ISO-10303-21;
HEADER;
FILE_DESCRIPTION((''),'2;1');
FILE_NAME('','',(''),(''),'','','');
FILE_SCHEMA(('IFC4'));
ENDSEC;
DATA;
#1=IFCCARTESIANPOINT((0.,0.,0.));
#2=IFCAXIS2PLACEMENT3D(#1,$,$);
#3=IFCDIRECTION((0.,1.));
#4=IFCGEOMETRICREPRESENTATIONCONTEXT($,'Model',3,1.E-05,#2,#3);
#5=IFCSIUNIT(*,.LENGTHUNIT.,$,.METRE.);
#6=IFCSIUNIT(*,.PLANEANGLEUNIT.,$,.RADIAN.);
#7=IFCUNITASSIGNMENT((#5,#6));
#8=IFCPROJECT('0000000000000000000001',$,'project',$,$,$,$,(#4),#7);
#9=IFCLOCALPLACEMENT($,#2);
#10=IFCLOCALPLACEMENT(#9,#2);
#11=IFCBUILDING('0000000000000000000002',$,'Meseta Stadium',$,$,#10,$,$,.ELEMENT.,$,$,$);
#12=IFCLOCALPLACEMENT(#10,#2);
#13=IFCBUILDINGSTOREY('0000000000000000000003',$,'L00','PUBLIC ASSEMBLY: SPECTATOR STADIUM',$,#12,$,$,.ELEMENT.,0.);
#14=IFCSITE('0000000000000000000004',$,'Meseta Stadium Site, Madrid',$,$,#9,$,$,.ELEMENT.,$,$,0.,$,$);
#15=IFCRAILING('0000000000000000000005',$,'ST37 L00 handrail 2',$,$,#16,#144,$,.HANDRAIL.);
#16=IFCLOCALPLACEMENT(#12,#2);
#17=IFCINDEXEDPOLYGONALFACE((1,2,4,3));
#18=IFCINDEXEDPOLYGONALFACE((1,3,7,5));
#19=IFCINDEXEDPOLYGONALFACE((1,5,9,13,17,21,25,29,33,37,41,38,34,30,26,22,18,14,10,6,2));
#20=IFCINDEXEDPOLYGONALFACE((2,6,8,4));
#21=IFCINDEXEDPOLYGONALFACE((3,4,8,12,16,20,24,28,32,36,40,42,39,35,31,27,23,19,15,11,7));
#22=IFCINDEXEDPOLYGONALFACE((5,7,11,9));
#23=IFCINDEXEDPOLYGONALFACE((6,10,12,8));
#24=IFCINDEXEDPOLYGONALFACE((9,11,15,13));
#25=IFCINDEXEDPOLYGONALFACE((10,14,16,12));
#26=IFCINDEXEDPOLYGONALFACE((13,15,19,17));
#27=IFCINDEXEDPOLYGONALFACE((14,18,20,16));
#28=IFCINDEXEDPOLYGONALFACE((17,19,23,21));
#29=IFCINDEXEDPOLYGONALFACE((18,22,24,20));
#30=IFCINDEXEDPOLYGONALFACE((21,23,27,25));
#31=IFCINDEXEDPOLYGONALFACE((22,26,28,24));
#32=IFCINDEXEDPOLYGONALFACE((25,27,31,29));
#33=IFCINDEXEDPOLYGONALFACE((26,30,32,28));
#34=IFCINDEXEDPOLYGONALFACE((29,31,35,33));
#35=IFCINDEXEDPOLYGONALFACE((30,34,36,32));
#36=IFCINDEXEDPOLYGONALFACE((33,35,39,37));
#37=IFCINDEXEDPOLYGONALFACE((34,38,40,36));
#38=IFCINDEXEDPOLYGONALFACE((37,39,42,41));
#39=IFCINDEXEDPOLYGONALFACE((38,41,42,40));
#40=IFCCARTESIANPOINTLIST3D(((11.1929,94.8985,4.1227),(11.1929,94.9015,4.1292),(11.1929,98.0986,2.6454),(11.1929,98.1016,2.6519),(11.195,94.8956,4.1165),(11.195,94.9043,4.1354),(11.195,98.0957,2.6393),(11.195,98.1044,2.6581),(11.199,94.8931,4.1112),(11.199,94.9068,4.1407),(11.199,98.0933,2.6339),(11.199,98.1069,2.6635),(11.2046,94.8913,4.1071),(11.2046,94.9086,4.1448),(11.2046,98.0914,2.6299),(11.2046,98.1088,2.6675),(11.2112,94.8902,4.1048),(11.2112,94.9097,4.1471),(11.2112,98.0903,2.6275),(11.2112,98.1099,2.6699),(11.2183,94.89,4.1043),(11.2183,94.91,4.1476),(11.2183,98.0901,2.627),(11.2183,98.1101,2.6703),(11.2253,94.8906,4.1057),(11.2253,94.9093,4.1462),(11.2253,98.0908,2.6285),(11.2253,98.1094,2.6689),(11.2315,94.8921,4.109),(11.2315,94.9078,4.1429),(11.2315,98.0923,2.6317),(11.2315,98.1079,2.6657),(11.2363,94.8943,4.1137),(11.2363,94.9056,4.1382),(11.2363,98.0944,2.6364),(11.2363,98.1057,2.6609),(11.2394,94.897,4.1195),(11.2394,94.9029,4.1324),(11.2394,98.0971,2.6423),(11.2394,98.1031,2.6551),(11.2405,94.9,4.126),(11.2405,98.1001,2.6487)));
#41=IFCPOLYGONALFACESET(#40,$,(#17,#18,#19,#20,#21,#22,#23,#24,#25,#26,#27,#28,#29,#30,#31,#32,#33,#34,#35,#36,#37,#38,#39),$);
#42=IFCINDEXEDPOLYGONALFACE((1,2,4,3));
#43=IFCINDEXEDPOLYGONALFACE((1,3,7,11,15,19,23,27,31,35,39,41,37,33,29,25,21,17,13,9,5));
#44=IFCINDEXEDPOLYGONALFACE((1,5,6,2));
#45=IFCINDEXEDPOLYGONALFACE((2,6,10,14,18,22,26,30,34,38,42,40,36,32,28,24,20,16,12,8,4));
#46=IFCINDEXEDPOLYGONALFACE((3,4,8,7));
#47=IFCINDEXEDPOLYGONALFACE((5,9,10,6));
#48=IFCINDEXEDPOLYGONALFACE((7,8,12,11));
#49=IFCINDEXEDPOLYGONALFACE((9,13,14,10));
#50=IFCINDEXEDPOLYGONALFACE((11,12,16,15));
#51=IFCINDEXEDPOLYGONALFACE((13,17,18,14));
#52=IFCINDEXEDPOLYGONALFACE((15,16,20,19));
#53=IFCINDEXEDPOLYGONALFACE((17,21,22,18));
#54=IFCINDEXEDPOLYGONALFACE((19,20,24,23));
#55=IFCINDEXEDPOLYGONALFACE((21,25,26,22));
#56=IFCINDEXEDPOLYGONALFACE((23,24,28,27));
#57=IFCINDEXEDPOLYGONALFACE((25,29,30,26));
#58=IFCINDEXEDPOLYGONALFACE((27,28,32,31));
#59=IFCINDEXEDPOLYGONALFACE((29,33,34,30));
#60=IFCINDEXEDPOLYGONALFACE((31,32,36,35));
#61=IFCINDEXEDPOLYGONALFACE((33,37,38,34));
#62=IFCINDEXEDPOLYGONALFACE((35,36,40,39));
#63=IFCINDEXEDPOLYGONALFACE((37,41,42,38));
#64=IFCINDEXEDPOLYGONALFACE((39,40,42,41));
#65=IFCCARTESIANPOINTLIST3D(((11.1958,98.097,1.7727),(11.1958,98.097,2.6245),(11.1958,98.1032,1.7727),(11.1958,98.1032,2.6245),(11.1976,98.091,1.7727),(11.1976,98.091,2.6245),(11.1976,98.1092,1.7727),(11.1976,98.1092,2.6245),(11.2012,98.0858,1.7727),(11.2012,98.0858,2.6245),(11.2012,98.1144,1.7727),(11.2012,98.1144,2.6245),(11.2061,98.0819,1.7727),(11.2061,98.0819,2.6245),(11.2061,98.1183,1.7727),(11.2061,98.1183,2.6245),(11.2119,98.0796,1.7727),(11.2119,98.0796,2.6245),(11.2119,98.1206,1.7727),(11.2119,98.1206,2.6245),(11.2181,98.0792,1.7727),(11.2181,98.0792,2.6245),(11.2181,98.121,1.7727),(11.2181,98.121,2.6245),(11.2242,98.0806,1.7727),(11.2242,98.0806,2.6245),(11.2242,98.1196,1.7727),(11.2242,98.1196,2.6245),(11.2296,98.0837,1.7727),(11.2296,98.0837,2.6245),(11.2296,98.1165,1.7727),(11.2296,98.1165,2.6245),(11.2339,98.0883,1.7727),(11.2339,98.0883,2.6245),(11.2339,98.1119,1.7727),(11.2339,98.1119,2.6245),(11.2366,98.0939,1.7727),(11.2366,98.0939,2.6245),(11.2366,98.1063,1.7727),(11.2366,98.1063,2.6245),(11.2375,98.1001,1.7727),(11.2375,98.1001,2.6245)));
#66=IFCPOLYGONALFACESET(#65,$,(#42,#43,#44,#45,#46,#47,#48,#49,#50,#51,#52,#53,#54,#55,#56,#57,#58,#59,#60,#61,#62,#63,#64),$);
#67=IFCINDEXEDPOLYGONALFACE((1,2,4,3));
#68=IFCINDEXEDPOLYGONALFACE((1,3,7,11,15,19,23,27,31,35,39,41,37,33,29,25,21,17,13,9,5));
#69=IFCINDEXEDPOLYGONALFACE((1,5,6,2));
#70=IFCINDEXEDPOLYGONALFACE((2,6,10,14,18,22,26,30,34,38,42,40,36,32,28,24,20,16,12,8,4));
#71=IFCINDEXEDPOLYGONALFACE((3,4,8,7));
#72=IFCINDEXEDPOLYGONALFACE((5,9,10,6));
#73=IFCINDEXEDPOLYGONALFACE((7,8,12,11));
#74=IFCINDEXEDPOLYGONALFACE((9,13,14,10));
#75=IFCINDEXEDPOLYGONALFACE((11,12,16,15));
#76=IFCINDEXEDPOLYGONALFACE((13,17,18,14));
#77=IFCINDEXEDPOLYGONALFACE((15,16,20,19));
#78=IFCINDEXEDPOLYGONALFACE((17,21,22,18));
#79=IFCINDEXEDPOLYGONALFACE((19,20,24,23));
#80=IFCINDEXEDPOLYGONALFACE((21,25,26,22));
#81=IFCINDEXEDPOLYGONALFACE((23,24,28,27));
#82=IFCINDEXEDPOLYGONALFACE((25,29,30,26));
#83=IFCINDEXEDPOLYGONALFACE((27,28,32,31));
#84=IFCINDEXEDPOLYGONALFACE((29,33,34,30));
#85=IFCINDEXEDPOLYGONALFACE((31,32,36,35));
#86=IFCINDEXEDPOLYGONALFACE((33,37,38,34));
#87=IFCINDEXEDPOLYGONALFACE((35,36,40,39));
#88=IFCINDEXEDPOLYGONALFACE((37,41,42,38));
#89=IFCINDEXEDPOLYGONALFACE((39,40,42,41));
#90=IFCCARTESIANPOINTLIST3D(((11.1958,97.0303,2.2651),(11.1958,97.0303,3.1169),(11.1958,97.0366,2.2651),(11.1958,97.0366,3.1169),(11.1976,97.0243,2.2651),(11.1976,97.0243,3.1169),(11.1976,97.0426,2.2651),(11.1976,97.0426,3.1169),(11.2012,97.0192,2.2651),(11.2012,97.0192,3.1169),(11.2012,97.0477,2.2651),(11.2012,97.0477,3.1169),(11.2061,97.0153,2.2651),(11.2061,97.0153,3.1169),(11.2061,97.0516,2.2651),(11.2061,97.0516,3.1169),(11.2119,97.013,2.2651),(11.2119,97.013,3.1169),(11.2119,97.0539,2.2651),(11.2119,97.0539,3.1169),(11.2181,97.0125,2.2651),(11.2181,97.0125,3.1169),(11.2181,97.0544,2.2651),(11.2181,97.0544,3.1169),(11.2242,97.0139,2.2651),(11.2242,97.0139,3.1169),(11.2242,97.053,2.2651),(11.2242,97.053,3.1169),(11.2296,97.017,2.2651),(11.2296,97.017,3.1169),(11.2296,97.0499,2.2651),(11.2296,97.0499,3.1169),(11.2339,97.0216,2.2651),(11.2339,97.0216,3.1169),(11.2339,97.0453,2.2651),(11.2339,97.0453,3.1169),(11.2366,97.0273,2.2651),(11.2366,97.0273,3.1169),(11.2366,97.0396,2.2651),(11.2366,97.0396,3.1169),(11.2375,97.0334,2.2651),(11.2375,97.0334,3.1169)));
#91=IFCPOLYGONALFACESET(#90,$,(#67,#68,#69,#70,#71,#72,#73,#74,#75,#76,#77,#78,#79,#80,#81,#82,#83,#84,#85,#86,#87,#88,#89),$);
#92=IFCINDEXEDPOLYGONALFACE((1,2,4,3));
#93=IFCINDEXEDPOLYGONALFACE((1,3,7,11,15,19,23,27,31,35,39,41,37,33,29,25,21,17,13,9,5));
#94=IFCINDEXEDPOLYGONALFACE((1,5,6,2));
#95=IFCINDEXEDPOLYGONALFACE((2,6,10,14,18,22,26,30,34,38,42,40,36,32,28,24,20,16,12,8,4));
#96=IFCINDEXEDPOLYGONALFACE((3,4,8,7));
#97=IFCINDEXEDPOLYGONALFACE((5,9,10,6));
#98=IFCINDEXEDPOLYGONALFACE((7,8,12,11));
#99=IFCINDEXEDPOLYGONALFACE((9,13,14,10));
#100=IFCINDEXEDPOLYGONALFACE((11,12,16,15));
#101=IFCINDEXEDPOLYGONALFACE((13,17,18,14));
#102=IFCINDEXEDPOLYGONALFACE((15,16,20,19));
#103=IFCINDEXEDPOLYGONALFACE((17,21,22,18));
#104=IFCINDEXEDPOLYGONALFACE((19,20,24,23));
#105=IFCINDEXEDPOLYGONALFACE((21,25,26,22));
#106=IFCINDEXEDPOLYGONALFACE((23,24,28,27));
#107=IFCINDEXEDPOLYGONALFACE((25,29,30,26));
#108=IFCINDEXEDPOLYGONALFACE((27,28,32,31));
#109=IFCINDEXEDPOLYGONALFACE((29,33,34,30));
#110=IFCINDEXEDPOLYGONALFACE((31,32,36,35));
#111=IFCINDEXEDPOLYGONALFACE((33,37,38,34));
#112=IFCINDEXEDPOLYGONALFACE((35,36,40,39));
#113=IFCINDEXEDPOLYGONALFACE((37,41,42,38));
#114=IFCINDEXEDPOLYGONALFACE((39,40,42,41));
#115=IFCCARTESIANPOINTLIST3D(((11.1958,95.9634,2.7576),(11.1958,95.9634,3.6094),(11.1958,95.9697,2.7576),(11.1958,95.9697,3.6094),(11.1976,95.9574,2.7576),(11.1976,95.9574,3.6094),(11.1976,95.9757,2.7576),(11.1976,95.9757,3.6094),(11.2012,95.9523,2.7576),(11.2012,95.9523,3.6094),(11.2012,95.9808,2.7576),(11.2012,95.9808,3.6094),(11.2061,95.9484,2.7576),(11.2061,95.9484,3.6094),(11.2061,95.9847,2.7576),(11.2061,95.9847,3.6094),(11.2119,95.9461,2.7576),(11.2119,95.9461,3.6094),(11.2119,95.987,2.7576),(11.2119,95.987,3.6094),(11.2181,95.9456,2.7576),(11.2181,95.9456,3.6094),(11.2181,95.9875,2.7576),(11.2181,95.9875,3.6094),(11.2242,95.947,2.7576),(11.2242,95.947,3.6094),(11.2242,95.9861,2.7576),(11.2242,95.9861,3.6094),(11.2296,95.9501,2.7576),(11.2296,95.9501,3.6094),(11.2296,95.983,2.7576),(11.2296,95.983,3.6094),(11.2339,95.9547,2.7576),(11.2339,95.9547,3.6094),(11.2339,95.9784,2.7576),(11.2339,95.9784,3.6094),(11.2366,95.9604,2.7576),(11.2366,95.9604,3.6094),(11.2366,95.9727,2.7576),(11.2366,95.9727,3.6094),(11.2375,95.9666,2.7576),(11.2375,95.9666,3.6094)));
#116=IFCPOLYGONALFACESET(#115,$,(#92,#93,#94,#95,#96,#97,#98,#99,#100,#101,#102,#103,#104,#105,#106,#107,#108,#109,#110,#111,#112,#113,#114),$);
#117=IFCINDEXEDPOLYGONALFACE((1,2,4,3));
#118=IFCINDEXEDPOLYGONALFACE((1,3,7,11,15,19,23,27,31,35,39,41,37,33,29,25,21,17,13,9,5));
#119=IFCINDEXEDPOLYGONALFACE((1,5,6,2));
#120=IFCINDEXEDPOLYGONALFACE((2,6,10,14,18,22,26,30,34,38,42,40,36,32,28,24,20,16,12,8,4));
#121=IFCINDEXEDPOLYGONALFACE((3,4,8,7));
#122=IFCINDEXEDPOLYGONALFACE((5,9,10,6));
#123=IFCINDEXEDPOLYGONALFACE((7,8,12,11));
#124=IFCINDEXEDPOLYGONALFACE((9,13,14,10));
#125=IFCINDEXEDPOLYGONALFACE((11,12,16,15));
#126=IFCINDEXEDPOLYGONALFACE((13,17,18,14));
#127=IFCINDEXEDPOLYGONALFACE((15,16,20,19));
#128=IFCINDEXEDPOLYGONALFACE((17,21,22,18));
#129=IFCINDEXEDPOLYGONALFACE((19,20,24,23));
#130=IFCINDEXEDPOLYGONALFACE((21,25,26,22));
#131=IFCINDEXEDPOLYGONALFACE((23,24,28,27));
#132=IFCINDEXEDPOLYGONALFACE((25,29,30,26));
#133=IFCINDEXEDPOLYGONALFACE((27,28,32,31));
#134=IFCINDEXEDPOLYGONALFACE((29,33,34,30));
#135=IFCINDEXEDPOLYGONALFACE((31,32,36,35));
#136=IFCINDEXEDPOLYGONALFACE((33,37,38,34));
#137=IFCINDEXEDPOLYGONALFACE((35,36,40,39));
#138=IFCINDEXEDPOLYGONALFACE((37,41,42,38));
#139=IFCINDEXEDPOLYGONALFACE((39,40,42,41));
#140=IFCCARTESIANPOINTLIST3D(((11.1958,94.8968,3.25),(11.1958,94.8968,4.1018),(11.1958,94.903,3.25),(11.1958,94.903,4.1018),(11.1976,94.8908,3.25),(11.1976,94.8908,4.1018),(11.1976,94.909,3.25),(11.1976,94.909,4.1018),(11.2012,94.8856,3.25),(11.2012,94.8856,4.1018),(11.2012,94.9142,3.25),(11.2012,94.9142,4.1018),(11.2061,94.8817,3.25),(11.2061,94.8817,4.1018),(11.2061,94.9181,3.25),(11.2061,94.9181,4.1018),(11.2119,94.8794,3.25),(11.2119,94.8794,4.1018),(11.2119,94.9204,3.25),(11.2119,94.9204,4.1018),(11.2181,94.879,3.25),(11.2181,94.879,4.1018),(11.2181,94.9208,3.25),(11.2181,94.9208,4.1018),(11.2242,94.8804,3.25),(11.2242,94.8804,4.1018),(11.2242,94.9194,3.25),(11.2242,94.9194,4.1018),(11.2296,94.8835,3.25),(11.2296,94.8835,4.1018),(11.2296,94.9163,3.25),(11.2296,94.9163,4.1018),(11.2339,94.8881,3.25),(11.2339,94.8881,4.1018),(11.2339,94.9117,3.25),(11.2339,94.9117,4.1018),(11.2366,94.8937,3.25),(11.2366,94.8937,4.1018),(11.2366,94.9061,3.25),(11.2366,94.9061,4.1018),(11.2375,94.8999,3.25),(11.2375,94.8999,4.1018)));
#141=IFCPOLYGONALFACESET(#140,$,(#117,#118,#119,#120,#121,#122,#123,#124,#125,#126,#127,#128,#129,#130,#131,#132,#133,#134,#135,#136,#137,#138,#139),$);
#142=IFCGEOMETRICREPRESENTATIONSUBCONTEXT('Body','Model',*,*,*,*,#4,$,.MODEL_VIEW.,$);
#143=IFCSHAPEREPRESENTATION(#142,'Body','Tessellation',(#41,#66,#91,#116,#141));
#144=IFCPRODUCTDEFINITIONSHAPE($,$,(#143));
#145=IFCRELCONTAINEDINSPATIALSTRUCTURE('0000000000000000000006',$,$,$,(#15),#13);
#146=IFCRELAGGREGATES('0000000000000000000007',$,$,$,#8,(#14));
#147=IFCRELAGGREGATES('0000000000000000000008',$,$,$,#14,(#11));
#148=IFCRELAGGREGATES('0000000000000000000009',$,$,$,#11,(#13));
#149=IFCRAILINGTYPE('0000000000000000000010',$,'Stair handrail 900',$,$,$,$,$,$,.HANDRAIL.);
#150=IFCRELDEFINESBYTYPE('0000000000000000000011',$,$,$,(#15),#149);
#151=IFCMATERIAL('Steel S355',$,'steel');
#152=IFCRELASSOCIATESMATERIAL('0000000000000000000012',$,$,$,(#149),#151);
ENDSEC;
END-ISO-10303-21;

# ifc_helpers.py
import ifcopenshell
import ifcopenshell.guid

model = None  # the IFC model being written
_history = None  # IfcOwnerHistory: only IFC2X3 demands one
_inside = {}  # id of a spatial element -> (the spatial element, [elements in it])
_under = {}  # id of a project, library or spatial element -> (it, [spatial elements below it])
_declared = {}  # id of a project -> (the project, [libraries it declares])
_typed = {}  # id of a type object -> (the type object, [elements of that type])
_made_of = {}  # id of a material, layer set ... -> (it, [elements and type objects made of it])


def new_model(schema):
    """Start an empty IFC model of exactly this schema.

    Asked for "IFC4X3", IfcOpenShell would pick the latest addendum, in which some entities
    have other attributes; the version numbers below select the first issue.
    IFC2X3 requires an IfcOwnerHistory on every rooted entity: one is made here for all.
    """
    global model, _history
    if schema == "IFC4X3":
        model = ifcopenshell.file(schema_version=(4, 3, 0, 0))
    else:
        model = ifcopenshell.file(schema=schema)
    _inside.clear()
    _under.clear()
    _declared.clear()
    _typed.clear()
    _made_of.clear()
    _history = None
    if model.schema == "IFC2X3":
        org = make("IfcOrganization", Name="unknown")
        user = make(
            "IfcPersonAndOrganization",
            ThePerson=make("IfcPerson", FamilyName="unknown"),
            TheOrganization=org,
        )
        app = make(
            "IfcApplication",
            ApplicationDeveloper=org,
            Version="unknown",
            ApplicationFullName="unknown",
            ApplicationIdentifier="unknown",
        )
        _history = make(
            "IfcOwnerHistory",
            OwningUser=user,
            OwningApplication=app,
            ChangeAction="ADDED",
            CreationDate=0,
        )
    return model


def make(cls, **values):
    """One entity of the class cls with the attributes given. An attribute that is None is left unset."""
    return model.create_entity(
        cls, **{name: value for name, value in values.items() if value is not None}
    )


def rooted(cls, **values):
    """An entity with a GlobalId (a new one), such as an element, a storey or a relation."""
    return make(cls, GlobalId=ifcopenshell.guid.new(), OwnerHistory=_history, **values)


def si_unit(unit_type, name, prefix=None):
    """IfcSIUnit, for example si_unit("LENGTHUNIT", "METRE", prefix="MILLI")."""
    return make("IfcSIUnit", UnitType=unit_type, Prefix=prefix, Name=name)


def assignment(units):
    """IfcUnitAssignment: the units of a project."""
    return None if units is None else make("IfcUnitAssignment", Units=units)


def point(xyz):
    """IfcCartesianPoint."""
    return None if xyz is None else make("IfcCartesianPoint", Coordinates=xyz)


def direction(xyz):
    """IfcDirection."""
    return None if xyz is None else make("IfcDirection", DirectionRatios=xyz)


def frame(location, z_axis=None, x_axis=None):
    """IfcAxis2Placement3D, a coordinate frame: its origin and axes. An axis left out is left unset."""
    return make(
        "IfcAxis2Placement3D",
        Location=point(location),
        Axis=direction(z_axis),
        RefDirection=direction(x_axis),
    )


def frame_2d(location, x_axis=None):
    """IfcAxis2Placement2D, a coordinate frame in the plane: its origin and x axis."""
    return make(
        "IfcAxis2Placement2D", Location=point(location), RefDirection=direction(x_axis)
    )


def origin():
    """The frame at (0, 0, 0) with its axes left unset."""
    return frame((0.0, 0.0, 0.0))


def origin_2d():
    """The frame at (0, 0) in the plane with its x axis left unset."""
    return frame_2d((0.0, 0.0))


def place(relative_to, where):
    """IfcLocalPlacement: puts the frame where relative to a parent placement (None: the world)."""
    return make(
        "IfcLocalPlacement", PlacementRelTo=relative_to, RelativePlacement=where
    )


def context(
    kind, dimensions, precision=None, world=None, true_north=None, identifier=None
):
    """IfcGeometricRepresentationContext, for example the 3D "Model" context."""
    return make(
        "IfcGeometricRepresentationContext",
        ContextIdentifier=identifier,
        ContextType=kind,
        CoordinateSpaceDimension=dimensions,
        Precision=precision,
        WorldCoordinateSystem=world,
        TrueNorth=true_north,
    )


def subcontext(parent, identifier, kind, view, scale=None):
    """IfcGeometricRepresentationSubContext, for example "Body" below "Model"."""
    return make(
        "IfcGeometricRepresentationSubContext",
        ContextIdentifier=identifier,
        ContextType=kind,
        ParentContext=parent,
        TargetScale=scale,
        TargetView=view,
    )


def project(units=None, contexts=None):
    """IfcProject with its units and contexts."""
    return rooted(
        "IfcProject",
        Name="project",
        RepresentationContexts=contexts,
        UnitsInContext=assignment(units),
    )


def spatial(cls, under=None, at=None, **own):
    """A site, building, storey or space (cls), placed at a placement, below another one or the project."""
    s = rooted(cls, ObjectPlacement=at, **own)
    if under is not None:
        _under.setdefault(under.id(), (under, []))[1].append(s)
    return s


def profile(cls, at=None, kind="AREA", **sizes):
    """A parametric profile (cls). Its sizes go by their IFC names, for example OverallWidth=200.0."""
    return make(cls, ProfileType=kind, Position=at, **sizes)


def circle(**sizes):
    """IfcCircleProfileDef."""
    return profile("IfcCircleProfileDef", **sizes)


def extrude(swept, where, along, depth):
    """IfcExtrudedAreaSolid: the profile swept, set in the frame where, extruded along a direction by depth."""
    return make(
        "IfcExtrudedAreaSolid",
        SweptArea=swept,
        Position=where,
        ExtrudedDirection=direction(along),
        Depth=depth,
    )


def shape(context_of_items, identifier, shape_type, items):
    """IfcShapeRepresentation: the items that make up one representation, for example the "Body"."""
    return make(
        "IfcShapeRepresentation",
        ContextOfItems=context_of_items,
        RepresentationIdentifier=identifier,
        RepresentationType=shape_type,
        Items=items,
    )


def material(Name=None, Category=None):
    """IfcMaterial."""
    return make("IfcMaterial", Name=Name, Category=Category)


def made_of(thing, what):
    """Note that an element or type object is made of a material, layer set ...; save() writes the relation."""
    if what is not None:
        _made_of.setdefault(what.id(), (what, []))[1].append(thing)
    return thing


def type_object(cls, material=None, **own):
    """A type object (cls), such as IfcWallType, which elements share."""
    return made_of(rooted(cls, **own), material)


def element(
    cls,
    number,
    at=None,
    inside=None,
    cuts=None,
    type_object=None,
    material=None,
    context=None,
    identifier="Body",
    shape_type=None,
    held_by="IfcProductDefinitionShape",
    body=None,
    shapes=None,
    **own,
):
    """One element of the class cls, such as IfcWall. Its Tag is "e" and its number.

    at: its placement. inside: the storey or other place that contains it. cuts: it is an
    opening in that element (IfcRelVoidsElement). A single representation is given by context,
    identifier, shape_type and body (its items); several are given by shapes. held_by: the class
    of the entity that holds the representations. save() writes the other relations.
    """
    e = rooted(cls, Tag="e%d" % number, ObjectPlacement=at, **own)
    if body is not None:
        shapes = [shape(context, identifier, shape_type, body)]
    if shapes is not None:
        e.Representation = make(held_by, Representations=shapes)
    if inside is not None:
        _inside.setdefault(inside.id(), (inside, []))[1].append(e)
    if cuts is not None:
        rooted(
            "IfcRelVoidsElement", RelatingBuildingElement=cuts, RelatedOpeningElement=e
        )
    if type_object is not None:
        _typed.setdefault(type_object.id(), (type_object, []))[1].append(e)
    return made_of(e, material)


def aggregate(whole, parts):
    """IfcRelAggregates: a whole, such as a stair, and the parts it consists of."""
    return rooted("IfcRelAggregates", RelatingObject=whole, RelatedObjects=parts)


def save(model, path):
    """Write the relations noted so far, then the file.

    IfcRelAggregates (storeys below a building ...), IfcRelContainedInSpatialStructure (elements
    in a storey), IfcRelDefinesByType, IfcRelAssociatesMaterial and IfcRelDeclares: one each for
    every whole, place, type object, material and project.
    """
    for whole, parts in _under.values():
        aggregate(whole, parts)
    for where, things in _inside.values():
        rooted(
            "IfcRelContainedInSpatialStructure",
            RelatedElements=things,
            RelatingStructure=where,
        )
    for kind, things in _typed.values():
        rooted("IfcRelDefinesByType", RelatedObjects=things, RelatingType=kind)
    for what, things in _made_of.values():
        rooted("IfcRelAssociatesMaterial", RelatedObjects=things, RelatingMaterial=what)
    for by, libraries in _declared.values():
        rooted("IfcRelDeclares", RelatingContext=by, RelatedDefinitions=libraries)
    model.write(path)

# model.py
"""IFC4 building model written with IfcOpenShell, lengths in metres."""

from ifc_helpers import new_model, si_unit, direction, frame, origin, origin_2d, place, context, subcontext, project, spatial, circle, extrude, material, type_object, element, save


model = new_model("IFC4")

# Units and contexts
model_context = context("Model", 3, precision=1e-05, world=origin(), true_north=direction((0.0, 1.0)))
body_context = subcontext(model_context, "Body", "Model", "MODEL_VIEW")
ifc_project = project(units=[si_unit("LENGTHUNIT", "METRE"), si_unit("PLANEANGLEUNIT", "RADIAN")], contexts=[model_context])

# Site, building, storey
site_placement = place(None, origin())
site = spatial("IfcSite", under=ifc_project, at=site_placement, Name="Meseta Stadium Site, Madrid", CompositionType="ELEMENT", RefElevation=0.0)
building_placement = place(site_placement, origin())
building = spatial("IfcBuilding", under=site, at=building_placement, Name="Meseta Stadium", CompositionType="ELEMENT")
storey_placement = place(building_placement, origin())
storey = spatial("IfcBuildingStorey", under=building, at=storey_placement, Name="L00", Description="PUBLIC ASSEMBLY: SPECTATOR STADIUM", CompositionType="ELEMENT", Elevation=0.0)

# Railing
ifc_material_1 = material(Name="Steel S355", Category="steel")
railing_type_1 = type_object("IfcRailingType", Name="Stair handrail 900", PredefinedType="HANDRAIL", material=ifc_material_1)
railing_1_placement = place(storey_placement, frame((11.2166, 98.1001, 1.7727)))
element("IfcRailing", 1, at=railing_1_placement, inside=storey, type_object=railing_type_1, Name="ST37 L00 handrail 2", PredefinedType="HANDRAIL", context=body_context, shape_type="SweptSolid", body=[
    extrude(circle(Radius=0.0239, at=origin_2d()), frame((0.0, 0.0, 0.876), z_axis=(0.0, -0.907929, 0.419124), x_axis=(1.0, 0.0, 0.0)), (0.0, 0.0, 1.0), 3.5247),
    extrude(circle(Radius=0.021, at=origin_2d()), origin(), (0.0, 0.0, 1.0), 0.8518),
    extrude(circle(Radius=0.021, at=origin_2d()), frame((0.0, -1.0667, 0.4924)), (0.0, 0.0, 1.0), 0.8518),
    extrude(circle(Radius=0.021, at=origin_2d()), frame((0.0, -2.1335, 0.9849)), (0.0, 0.0, 1.0), 0.8518),
    extrude(circle(Radius=0.021, at=origin_2d()), frame((0.0, -3.2002, 1.4773)), (0.0, 0.0, 1.0), 0.8518),
])

save(model, "model.ifc")
